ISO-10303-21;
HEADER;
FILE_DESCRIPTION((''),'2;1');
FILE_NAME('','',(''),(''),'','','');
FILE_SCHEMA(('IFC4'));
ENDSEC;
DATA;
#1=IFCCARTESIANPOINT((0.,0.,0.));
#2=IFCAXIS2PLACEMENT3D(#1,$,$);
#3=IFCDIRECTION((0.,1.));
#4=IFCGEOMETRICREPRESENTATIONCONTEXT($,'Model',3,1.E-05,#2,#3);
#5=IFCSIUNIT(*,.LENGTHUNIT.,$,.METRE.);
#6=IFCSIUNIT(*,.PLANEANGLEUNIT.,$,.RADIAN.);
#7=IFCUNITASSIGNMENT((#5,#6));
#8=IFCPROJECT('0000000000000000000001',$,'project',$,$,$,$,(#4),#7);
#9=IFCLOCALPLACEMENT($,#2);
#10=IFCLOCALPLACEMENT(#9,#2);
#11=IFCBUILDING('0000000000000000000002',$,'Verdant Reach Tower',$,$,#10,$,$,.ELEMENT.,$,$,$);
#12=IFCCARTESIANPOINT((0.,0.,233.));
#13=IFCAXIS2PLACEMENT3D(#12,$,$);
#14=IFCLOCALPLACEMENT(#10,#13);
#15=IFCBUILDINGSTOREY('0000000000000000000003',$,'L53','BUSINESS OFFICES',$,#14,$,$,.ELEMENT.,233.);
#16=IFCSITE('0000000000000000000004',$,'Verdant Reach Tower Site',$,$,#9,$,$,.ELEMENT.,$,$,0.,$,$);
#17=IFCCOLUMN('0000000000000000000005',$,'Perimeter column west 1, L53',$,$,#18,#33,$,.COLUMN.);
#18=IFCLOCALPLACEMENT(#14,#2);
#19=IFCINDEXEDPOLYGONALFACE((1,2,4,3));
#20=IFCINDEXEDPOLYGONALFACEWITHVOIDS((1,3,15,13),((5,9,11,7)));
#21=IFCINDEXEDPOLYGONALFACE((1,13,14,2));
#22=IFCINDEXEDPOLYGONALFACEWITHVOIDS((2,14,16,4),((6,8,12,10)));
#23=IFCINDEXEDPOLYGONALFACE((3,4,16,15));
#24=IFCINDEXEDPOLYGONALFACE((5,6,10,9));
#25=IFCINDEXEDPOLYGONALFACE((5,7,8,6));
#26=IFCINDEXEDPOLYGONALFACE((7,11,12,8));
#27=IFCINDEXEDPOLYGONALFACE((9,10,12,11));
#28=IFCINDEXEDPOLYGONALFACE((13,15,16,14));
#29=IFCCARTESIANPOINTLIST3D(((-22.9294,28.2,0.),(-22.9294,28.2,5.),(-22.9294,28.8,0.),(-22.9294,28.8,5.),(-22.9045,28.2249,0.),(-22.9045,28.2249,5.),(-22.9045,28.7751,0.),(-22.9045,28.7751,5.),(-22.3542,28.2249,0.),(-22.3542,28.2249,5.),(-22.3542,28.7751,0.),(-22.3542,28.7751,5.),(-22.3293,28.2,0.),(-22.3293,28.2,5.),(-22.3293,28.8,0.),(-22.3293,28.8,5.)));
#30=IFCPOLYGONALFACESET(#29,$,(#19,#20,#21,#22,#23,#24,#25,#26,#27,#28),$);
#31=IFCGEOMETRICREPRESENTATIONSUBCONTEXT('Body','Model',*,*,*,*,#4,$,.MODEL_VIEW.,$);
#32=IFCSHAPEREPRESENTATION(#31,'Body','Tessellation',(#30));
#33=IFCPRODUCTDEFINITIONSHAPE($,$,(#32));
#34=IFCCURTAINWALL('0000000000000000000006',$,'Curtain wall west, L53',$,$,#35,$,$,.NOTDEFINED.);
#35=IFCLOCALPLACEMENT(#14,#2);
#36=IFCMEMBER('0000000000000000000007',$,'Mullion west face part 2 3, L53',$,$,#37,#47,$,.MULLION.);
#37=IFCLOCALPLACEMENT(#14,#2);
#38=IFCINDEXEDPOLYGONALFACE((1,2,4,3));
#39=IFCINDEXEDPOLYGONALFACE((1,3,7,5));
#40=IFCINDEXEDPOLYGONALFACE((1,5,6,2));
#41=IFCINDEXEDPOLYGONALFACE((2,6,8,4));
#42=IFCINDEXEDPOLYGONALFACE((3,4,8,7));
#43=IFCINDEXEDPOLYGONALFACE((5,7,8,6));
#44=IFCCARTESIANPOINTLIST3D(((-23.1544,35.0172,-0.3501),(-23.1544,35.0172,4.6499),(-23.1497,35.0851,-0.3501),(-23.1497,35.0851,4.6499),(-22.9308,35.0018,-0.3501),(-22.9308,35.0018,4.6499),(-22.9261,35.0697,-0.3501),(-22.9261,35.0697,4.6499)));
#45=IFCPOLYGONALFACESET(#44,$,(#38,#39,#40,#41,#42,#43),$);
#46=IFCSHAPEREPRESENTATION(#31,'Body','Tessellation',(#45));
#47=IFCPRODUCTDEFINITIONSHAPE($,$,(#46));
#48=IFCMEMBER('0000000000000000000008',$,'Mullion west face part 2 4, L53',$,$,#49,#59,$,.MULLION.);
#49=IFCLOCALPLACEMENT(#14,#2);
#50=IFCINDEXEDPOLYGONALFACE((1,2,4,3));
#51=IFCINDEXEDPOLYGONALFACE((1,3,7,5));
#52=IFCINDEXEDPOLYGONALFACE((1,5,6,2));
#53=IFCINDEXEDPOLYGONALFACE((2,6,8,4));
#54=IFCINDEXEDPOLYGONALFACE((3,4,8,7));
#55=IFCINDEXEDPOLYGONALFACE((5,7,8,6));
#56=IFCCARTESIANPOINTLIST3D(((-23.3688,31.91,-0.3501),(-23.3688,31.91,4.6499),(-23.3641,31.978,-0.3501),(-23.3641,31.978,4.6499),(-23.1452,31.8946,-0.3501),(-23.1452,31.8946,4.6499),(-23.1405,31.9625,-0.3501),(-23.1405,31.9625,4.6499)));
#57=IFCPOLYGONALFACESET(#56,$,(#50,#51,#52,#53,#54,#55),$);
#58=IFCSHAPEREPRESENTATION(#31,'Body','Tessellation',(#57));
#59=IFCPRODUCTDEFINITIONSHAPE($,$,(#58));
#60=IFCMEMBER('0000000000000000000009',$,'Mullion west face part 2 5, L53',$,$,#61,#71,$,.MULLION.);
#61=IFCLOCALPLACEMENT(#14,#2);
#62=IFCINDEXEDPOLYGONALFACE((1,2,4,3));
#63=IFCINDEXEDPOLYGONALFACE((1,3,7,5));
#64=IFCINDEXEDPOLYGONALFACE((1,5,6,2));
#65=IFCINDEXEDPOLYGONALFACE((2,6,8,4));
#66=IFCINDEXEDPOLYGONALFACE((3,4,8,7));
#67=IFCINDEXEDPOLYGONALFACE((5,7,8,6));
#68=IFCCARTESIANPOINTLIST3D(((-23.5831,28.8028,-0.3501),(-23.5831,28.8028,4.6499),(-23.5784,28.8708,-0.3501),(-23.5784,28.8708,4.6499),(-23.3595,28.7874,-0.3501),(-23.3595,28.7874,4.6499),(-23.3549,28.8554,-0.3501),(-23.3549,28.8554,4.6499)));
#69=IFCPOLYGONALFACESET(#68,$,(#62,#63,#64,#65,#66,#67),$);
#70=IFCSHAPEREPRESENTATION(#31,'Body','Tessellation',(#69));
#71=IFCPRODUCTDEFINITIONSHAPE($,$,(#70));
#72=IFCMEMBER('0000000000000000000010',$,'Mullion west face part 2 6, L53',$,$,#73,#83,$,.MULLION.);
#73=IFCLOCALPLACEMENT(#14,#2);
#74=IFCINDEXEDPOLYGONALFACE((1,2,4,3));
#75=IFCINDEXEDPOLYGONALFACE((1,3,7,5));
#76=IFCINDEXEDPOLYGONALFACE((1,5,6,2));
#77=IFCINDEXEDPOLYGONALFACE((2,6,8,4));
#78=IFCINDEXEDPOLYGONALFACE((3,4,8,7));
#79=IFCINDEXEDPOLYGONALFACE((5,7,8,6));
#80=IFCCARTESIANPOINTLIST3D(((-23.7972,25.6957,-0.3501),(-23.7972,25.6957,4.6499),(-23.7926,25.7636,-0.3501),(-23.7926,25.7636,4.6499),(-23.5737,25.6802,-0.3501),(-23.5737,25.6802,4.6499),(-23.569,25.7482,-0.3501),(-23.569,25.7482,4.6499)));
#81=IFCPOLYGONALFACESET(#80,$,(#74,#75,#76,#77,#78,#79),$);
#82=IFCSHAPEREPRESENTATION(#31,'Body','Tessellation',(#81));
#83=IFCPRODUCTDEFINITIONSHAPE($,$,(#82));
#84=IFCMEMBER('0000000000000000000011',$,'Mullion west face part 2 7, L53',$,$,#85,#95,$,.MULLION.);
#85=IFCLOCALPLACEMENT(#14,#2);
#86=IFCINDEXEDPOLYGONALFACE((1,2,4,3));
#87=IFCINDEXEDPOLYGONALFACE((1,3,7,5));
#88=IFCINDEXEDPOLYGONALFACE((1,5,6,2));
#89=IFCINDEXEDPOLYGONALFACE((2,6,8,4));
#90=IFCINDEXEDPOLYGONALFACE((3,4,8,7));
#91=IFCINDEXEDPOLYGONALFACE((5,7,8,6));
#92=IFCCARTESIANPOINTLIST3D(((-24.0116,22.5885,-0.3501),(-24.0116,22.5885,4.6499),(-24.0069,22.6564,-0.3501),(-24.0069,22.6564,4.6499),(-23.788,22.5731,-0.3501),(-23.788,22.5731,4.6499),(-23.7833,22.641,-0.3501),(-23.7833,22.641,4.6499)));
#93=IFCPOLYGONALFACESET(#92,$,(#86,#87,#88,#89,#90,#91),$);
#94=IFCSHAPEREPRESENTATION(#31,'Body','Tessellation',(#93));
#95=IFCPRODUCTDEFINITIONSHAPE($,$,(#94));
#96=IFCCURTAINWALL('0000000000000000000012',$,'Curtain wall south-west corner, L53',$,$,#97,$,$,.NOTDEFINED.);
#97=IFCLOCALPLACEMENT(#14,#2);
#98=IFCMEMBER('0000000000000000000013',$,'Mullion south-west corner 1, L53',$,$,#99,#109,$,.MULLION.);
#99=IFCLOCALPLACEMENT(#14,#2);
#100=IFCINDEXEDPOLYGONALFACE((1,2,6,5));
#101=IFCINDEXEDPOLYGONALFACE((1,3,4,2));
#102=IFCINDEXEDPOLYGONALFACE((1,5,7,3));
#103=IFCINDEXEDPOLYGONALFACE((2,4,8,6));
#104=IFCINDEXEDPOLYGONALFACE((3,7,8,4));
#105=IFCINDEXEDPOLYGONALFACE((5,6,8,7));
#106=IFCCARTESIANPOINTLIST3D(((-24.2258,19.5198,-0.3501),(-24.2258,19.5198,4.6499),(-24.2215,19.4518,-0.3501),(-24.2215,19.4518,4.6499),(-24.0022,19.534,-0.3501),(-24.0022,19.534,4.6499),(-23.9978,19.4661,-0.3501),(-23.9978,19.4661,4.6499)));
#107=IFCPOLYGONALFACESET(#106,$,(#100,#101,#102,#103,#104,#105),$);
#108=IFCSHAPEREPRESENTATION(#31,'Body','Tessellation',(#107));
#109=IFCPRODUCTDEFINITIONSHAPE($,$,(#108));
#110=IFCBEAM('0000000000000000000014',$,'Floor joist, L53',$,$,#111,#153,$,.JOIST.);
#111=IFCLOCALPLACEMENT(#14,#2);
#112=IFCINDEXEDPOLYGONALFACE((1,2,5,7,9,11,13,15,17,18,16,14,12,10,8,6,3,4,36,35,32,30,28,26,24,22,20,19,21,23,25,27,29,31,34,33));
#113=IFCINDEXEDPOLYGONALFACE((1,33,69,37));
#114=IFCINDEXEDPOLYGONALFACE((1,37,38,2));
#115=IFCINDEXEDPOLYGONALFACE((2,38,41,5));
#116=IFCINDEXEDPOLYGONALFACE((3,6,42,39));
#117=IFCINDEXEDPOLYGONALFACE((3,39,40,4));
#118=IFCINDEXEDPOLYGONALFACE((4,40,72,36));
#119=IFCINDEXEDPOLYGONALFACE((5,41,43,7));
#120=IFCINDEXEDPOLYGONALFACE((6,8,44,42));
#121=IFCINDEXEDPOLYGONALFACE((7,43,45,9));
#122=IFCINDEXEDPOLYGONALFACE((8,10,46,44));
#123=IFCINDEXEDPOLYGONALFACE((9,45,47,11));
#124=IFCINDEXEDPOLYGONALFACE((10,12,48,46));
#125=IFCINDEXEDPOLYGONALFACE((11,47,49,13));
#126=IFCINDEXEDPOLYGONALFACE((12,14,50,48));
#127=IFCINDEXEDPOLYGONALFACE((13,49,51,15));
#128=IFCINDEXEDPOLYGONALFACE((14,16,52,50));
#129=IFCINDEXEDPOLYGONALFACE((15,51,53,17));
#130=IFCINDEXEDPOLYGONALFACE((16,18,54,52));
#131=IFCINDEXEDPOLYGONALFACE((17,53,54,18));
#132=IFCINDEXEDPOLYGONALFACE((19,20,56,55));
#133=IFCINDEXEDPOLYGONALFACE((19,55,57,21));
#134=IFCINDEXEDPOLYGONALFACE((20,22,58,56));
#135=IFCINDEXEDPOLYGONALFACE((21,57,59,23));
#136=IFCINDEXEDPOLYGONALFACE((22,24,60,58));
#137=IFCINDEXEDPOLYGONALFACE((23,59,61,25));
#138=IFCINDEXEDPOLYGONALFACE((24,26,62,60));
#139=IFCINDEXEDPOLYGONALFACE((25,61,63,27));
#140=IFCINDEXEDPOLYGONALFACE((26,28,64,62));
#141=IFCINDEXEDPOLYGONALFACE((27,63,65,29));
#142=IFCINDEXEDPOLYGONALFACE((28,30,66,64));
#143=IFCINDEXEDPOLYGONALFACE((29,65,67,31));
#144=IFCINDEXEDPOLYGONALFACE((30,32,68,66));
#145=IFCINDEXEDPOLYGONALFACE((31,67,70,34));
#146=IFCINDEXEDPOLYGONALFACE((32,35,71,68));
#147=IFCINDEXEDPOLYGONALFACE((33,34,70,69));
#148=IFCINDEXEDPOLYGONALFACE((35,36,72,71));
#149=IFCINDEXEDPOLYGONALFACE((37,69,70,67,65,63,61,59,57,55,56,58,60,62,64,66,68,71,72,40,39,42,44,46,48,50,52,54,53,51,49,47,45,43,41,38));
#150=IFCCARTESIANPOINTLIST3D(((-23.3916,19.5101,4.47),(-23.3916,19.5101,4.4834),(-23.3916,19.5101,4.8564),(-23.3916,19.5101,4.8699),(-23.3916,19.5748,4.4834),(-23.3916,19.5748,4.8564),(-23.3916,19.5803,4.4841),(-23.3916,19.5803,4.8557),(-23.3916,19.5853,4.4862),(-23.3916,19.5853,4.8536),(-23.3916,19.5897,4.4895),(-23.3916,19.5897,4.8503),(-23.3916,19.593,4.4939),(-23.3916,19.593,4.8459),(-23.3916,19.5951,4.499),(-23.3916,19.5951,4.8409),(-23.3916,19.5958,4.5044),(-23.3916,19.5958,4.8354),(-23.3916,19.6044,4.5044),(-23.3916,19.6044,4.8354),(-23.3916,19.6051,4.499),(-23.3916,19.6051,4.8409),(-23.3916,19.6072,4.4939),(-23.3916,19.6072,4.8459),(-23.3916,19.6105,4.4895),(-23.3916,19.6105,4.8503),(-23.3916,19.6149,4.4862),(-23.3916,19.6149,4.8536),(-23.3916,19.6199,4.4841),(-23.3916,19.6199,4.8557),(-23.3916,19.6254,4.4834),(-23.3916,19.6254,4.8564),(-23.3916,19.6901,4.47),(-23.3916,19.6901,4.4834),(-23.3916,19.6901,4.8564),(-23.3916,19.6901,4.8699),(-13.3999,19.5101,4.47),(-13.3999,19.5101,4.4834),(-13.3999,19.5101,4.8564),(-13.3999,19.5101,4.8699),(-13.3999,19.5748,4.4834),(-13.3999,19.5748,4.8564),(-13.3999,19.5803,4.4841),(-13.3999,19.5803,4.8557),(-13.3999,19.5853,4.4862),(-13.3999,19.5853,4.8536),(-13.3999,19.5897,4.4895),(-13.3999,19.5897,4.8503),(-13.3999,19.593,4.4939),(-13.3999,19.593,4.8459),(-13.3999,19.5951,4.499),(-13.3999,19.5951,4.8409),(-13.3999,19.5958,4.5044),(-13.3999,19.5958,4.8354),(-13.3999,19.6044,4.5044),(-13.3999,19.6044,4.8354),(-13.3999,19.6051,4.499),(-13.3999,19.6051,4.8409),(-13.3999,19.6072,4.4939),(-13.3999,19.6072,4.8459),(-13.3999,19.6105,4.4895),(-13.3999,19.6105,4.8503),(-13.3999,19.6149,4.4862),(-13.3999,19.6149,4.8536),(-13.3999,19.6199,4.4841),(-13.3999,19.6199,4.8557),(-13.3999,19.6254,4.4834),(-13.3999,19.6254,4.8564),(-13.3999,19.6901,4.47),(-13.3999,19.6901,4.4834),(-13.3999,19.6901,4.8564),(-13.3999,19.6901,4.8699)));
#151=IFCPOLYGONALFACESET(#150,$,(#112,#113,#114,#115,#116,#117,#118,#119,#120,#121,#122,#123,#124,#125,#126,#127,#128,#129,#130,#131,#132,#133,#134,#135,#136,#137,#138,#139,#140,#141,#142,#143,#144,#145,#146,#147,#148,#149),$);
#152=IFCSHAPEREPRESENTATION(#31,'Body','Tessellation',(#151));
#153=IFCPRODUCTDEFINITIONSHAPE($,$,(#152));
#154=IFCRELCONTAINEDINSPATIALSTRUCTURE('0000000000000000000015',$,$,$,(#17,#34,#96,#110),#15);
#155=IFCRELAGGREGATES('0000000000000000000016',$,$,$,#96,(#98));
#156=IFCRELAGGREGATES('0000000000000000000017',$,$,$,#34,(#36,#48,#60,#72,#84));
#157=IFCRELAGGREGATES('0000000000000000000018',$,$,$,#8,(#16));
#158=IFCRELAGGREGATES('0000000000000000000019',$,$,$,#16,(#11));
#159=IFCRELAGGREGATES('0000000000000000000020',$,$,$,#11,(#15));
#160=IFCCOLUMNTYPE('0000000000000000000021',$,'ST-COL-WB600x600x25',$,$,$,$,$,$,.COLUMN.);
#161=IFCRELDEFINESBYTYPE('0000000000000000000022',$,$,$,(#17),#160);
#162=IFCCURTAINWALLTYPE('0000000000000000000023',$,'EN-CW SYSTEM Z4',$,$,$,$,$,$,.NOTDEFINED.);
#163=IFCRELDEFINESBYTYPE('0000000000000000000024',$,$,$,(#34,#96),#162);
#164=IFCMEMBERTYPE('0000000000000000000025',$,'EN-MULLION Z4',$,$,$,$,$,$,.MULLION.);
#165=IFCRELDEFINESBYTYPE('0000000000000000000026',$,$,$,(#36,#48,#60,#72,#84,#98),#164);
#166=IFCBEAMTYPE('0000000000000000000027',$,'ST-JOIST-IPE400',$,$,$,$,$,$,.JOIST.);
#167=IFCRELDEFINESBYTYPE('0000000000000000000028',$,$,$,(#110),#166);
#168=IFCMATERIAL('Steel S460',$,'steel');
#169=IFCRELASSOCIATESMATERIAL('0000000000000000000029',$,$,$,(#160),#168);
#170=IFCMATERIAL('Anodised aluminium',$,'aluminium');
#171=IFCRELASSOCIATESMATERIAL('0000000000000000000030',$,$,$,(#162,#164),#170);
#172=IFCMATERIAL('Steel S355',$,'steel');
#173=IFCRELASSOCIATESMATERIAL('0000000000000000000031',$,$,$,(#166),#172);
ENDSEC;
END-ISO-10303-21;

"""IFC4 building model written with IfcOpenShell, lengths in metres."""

from ifc_helpers import new_model, si_unit, direction, frame, origin, origin_2d, place, context, subcontext, project, spatial, rectangle, hollow_rectangle, i_section, extrude, material, material_profile, profile_set, type_object, element, aggregate, save


model = new_model("IFC4")

# Units and contexts
model_context = context("Model", 3, precision=1e-05, world=origin(), true_north=direction((0.0, 1.0)))
body_context = subcontext(model_context, "Body", "Model", "MODEL_VIEW")
ifc_project = project(units=[si_unit("LENGTHUNIT", "METRE"), si_unit("PLANEANGLEUNIT", "RADIAN")], contexts=[model_context])

# Site, building, storey
site_placement = place(None, origin())
site = spatial("IfcSite", under=ifc_project, at=site_placement, Name="Verdant Reach Tower Site", CompositionType="ELEMENT", RefElevation=0.0)
building_placement = place(site_placement, origin())
building = spatial("IfcBuilding", under=site, at=building_placement, Name="Verdant Reach Tower", CompositionType="ELEMENT")
storey_placement = place(building_placement, frame((0.0, 0.0, 233.0)))
storey = spatial("IfcBuildingStorey", under=building, at=storey_placement, Name="L53", Description="BUSINESS OFFICES", CompositionType="ELEMENT", Elevation=233.0)

# Column
ifc_material_1 = material(Name="Steel S460", Category="steel")
ifc_material_profile_1 = material_profile(ifc_material_1, hollow_rectangle(XDim=0.6001, YDim=0.6001, WallThickness=0.0249, at=origin_2d()), Name="WB 600x600x25")
ifc_profile_set_1 = profile_set([ifc_material_profile_1], Name="Steel S460")
column_type = type_object("IfcColumnType", Name="ST-COL-WB600x600x25", PredefinedType="COLUMN", material=ifc_profile_set_1)
column_placement = place(storey_placement, frame((-22.6294, 28.5, 0.0), z_axis=(0.0, 0.0, 1.0), x_axis=(1.0, 0.0, 0.0)))
element("IfcColumn", 1, at=column_placement, inside=storey, type_object=column_type, Name="Perimeter column west 1, L53", PredefinedType="COLUMN", context=body_context, shape_type="SweptSolid", body=[
    extrude(hollow_rectangle(XDim=0.6001, YDim=0.6001, WallThickness=0.0249, at=origin_2d()), origin(), (0.0, 0.0, 1.0), 5.0),
])

# Curtain wall, members
ifc_material_2 = material(Name="Anodised aluminium", Category="aluminium")
curtain_wall_type = type_object("IfcCurtainWallType", Name="EN-CW SYSTEM Z4", PredefinedType="NOTDEFINED", material=ifc_material_2)
curtain_wall_1_placement = place(storey_placement, origin())
curtain_wall_1 = element("IfcCurtainWall", 2, at=curtain_wall_1_placement, inside=storey, type_object=curtain_wall_type, Name="Curtain wall west, L53", PredefinedType="NOTDEFINED")
ifc_material_profile_2 = material_profile(ifc_material_2, rectangle(XDim=0.2241, YDim=0.0681, at=origin_2d()), Name="Mullion 68x224")
ifc_profile_set_2 = profile_set([ifc_material_profile_2], Name="Anodised aluminium")
member_type = type_object("IfcMemberType", Name="EN-MULLION Z4", PredefinedType="MULLION", material=ifc_profile_set_2)
member_1_placement = place(storey_placement, frame((-23.0403, 35.0435, -0.3501), z_axis=(0.0, 0.0, 1.0), x_axis=(-0.99763, 0.068802, 0.0)))
member_1 = element("IfcMember", 3, at=member_1_placement, type_object=member_type, Name="Mullion west face part 2 3, L53", PredefinedType="MULLION", context=body_context, shape_type="SweptSolid", body=[
    extrude(rectangle(XDim=0.2241, YDim=0.0681, at=origin_2d()), origin(), (0.0, 0.0, 1.0), 5.0),
])
member_2_placement = place(storey_placement, frame((-23.2546, 31.9363, -0.3501), z_axis=(0.0, 0.0, 1.0), x_axis=(-0.99763, 0.068802, 0.0)))
member_2 = element("IfcMember", 4, at=member_2_placement, type_object=member_type, Name="Mullion west face part 2 4, L53", PredefinedType="MULLION", context=body_context, shape_type="SweptSolid", body=[
    extrude(rectangle(XDim=0.2241, YDim=0.0681, at=origin_2d()), origin(), (0.0, 0.0, 1.0), 5.0),
])
member_3_placement = place(storey_placement, frame((-23.469, 28.8291, -0.3501), z_axis=(0.0, 0.0, 1.0), x_axis=(-0.99763, 0.068802, 0.0)))
member_3 = element("IfcMember", 5, at=member_3_placement, type_object=member_type, Name="Mullion west face part 2 5, L53", PredefinedType="MULLION", context=body_context, shape_type="SweptSolid", body=[
    extrude(rectangle(XDim=0.2241, YDim=0.0681, at=origin_2d()), origin(), (0.0, 0.0, 1.0), 5.0),
])
member_4_placement = place(storey_placement, frame((-23.6831, 25.7219, -0.3501), z_axis=(0.0, 0.0, 1.0), x_axis=(-0.99763, 0.068802, 0.0)))
member_4 = element("IfcMember", 6, at=member_4_placement, type_object=member_type, Name="Mullion west face part 2 6, L53", PredefinedType="MULLION", context=body_context, shape_type="SweptSolid", body=[
    extrude(rectangle(XDim=0.2241, YDim=0.0681, at=origin_2d()), origin(), (0.0, 0.0, 1.0), 5.0),
])
member_5_placement = place(storey_placement, frame((-23.8975, 22.6147, -0.3501), z_axis=(0.0, 0.0, 1.0), x_axis=(-0.99763, 0.068802, 0.0)))
member_5 = element("IfcMember", 7, at=member_5_placement, type_object=member_type, Name="Mullion west face part 2 7, L53", PredefinedType="MULLION", context=body_context, shape_type="SweptSolid", body=[
    extrude(rectangle(XDim=0.2241, YDim=0.0681, at=origin_2d()), origin(), (0.0, 0.0, 1.0), 5.0),
])

# Curtain wall, member
curtain_wall_2_placement = place(storey_placement, origin())
curtain_wall_2 = element("IfcCurtainWall", 8, at=curtain_wall_2_placement, inside=storey, type_object=curtain_wall_type, Name="Curtain wall south-west corner, L53", PredefinedType="NOTDEFINED")
member_6_placement = place(storey_placement, frame((-24.1118, 19.4929, -0.3501), z_axis=(0.0, 0.0, 1.0), x_axis=(-0.997969, -0.063699, 0.0)))
member_6 = element("IfcMember", 9, at=member_6_placement, type_object=member_type, Name="Mullion south-west corner 1, L53", PredefinedType="MULLION", context=body_context, shape_type="SweptSolid", body=[
    extrude(rectangle(XDim=0.2241, YDim=0.0681, at=origin_2d()), origin(), (0.0, 0.0, 1.0), 5.0),
])
aggregate(curtain_wall_2, [member_6])

# Beam
ifc_material_3 = material(Name="Steel S355", Category="steel")
ifc_material_profile_3 = material_profile(ifc_material_3, i_section(OverallWidth=0.1799, OverallDepth=0.3999, WebThickness=0.0085, FlangeThickness=0.0134, FilletRadius=0.021, at=origin_2d()), Name="IPE 400")
ifc_profile_set_3 = profile_set([ifc_material_profile_3], Name="Steel S355")
beam_type_1 = type_object("IfcBeamType", Name="ST-JOIST-IPE400", PredefinedType="JOIST", material=ifc_profile_set_3)
beam_1_placement = place(storey_placement, frame((-13.3999, 19.6001, 4.6699), z_axis=(-1.0, 0.0, 0.0), x_axis=(0.0, -1.0, 0.0)))
element("IfcBeam", 10, at=beam_1_placement, inside=storey, type_object=beam_type_1, Name="Floor joist, L53", PredefinedType="JOIST", context=body_context, shape_type="SweptSolid", body=[
    extrude(i_section(OverallWidth=0.1799, OverallDepth=0.3999, WebThickness=0.0085, FlangeThickness=0.0134, FilletRadius=0.021, at=origin_2d()), origin(), (0.0, 0.0, 1.0), 9.9917),
])

aggregate(curtain_wall_1, [member_1, member_2, member_3, member_4, member_5])

save(model, "model.ifc")
